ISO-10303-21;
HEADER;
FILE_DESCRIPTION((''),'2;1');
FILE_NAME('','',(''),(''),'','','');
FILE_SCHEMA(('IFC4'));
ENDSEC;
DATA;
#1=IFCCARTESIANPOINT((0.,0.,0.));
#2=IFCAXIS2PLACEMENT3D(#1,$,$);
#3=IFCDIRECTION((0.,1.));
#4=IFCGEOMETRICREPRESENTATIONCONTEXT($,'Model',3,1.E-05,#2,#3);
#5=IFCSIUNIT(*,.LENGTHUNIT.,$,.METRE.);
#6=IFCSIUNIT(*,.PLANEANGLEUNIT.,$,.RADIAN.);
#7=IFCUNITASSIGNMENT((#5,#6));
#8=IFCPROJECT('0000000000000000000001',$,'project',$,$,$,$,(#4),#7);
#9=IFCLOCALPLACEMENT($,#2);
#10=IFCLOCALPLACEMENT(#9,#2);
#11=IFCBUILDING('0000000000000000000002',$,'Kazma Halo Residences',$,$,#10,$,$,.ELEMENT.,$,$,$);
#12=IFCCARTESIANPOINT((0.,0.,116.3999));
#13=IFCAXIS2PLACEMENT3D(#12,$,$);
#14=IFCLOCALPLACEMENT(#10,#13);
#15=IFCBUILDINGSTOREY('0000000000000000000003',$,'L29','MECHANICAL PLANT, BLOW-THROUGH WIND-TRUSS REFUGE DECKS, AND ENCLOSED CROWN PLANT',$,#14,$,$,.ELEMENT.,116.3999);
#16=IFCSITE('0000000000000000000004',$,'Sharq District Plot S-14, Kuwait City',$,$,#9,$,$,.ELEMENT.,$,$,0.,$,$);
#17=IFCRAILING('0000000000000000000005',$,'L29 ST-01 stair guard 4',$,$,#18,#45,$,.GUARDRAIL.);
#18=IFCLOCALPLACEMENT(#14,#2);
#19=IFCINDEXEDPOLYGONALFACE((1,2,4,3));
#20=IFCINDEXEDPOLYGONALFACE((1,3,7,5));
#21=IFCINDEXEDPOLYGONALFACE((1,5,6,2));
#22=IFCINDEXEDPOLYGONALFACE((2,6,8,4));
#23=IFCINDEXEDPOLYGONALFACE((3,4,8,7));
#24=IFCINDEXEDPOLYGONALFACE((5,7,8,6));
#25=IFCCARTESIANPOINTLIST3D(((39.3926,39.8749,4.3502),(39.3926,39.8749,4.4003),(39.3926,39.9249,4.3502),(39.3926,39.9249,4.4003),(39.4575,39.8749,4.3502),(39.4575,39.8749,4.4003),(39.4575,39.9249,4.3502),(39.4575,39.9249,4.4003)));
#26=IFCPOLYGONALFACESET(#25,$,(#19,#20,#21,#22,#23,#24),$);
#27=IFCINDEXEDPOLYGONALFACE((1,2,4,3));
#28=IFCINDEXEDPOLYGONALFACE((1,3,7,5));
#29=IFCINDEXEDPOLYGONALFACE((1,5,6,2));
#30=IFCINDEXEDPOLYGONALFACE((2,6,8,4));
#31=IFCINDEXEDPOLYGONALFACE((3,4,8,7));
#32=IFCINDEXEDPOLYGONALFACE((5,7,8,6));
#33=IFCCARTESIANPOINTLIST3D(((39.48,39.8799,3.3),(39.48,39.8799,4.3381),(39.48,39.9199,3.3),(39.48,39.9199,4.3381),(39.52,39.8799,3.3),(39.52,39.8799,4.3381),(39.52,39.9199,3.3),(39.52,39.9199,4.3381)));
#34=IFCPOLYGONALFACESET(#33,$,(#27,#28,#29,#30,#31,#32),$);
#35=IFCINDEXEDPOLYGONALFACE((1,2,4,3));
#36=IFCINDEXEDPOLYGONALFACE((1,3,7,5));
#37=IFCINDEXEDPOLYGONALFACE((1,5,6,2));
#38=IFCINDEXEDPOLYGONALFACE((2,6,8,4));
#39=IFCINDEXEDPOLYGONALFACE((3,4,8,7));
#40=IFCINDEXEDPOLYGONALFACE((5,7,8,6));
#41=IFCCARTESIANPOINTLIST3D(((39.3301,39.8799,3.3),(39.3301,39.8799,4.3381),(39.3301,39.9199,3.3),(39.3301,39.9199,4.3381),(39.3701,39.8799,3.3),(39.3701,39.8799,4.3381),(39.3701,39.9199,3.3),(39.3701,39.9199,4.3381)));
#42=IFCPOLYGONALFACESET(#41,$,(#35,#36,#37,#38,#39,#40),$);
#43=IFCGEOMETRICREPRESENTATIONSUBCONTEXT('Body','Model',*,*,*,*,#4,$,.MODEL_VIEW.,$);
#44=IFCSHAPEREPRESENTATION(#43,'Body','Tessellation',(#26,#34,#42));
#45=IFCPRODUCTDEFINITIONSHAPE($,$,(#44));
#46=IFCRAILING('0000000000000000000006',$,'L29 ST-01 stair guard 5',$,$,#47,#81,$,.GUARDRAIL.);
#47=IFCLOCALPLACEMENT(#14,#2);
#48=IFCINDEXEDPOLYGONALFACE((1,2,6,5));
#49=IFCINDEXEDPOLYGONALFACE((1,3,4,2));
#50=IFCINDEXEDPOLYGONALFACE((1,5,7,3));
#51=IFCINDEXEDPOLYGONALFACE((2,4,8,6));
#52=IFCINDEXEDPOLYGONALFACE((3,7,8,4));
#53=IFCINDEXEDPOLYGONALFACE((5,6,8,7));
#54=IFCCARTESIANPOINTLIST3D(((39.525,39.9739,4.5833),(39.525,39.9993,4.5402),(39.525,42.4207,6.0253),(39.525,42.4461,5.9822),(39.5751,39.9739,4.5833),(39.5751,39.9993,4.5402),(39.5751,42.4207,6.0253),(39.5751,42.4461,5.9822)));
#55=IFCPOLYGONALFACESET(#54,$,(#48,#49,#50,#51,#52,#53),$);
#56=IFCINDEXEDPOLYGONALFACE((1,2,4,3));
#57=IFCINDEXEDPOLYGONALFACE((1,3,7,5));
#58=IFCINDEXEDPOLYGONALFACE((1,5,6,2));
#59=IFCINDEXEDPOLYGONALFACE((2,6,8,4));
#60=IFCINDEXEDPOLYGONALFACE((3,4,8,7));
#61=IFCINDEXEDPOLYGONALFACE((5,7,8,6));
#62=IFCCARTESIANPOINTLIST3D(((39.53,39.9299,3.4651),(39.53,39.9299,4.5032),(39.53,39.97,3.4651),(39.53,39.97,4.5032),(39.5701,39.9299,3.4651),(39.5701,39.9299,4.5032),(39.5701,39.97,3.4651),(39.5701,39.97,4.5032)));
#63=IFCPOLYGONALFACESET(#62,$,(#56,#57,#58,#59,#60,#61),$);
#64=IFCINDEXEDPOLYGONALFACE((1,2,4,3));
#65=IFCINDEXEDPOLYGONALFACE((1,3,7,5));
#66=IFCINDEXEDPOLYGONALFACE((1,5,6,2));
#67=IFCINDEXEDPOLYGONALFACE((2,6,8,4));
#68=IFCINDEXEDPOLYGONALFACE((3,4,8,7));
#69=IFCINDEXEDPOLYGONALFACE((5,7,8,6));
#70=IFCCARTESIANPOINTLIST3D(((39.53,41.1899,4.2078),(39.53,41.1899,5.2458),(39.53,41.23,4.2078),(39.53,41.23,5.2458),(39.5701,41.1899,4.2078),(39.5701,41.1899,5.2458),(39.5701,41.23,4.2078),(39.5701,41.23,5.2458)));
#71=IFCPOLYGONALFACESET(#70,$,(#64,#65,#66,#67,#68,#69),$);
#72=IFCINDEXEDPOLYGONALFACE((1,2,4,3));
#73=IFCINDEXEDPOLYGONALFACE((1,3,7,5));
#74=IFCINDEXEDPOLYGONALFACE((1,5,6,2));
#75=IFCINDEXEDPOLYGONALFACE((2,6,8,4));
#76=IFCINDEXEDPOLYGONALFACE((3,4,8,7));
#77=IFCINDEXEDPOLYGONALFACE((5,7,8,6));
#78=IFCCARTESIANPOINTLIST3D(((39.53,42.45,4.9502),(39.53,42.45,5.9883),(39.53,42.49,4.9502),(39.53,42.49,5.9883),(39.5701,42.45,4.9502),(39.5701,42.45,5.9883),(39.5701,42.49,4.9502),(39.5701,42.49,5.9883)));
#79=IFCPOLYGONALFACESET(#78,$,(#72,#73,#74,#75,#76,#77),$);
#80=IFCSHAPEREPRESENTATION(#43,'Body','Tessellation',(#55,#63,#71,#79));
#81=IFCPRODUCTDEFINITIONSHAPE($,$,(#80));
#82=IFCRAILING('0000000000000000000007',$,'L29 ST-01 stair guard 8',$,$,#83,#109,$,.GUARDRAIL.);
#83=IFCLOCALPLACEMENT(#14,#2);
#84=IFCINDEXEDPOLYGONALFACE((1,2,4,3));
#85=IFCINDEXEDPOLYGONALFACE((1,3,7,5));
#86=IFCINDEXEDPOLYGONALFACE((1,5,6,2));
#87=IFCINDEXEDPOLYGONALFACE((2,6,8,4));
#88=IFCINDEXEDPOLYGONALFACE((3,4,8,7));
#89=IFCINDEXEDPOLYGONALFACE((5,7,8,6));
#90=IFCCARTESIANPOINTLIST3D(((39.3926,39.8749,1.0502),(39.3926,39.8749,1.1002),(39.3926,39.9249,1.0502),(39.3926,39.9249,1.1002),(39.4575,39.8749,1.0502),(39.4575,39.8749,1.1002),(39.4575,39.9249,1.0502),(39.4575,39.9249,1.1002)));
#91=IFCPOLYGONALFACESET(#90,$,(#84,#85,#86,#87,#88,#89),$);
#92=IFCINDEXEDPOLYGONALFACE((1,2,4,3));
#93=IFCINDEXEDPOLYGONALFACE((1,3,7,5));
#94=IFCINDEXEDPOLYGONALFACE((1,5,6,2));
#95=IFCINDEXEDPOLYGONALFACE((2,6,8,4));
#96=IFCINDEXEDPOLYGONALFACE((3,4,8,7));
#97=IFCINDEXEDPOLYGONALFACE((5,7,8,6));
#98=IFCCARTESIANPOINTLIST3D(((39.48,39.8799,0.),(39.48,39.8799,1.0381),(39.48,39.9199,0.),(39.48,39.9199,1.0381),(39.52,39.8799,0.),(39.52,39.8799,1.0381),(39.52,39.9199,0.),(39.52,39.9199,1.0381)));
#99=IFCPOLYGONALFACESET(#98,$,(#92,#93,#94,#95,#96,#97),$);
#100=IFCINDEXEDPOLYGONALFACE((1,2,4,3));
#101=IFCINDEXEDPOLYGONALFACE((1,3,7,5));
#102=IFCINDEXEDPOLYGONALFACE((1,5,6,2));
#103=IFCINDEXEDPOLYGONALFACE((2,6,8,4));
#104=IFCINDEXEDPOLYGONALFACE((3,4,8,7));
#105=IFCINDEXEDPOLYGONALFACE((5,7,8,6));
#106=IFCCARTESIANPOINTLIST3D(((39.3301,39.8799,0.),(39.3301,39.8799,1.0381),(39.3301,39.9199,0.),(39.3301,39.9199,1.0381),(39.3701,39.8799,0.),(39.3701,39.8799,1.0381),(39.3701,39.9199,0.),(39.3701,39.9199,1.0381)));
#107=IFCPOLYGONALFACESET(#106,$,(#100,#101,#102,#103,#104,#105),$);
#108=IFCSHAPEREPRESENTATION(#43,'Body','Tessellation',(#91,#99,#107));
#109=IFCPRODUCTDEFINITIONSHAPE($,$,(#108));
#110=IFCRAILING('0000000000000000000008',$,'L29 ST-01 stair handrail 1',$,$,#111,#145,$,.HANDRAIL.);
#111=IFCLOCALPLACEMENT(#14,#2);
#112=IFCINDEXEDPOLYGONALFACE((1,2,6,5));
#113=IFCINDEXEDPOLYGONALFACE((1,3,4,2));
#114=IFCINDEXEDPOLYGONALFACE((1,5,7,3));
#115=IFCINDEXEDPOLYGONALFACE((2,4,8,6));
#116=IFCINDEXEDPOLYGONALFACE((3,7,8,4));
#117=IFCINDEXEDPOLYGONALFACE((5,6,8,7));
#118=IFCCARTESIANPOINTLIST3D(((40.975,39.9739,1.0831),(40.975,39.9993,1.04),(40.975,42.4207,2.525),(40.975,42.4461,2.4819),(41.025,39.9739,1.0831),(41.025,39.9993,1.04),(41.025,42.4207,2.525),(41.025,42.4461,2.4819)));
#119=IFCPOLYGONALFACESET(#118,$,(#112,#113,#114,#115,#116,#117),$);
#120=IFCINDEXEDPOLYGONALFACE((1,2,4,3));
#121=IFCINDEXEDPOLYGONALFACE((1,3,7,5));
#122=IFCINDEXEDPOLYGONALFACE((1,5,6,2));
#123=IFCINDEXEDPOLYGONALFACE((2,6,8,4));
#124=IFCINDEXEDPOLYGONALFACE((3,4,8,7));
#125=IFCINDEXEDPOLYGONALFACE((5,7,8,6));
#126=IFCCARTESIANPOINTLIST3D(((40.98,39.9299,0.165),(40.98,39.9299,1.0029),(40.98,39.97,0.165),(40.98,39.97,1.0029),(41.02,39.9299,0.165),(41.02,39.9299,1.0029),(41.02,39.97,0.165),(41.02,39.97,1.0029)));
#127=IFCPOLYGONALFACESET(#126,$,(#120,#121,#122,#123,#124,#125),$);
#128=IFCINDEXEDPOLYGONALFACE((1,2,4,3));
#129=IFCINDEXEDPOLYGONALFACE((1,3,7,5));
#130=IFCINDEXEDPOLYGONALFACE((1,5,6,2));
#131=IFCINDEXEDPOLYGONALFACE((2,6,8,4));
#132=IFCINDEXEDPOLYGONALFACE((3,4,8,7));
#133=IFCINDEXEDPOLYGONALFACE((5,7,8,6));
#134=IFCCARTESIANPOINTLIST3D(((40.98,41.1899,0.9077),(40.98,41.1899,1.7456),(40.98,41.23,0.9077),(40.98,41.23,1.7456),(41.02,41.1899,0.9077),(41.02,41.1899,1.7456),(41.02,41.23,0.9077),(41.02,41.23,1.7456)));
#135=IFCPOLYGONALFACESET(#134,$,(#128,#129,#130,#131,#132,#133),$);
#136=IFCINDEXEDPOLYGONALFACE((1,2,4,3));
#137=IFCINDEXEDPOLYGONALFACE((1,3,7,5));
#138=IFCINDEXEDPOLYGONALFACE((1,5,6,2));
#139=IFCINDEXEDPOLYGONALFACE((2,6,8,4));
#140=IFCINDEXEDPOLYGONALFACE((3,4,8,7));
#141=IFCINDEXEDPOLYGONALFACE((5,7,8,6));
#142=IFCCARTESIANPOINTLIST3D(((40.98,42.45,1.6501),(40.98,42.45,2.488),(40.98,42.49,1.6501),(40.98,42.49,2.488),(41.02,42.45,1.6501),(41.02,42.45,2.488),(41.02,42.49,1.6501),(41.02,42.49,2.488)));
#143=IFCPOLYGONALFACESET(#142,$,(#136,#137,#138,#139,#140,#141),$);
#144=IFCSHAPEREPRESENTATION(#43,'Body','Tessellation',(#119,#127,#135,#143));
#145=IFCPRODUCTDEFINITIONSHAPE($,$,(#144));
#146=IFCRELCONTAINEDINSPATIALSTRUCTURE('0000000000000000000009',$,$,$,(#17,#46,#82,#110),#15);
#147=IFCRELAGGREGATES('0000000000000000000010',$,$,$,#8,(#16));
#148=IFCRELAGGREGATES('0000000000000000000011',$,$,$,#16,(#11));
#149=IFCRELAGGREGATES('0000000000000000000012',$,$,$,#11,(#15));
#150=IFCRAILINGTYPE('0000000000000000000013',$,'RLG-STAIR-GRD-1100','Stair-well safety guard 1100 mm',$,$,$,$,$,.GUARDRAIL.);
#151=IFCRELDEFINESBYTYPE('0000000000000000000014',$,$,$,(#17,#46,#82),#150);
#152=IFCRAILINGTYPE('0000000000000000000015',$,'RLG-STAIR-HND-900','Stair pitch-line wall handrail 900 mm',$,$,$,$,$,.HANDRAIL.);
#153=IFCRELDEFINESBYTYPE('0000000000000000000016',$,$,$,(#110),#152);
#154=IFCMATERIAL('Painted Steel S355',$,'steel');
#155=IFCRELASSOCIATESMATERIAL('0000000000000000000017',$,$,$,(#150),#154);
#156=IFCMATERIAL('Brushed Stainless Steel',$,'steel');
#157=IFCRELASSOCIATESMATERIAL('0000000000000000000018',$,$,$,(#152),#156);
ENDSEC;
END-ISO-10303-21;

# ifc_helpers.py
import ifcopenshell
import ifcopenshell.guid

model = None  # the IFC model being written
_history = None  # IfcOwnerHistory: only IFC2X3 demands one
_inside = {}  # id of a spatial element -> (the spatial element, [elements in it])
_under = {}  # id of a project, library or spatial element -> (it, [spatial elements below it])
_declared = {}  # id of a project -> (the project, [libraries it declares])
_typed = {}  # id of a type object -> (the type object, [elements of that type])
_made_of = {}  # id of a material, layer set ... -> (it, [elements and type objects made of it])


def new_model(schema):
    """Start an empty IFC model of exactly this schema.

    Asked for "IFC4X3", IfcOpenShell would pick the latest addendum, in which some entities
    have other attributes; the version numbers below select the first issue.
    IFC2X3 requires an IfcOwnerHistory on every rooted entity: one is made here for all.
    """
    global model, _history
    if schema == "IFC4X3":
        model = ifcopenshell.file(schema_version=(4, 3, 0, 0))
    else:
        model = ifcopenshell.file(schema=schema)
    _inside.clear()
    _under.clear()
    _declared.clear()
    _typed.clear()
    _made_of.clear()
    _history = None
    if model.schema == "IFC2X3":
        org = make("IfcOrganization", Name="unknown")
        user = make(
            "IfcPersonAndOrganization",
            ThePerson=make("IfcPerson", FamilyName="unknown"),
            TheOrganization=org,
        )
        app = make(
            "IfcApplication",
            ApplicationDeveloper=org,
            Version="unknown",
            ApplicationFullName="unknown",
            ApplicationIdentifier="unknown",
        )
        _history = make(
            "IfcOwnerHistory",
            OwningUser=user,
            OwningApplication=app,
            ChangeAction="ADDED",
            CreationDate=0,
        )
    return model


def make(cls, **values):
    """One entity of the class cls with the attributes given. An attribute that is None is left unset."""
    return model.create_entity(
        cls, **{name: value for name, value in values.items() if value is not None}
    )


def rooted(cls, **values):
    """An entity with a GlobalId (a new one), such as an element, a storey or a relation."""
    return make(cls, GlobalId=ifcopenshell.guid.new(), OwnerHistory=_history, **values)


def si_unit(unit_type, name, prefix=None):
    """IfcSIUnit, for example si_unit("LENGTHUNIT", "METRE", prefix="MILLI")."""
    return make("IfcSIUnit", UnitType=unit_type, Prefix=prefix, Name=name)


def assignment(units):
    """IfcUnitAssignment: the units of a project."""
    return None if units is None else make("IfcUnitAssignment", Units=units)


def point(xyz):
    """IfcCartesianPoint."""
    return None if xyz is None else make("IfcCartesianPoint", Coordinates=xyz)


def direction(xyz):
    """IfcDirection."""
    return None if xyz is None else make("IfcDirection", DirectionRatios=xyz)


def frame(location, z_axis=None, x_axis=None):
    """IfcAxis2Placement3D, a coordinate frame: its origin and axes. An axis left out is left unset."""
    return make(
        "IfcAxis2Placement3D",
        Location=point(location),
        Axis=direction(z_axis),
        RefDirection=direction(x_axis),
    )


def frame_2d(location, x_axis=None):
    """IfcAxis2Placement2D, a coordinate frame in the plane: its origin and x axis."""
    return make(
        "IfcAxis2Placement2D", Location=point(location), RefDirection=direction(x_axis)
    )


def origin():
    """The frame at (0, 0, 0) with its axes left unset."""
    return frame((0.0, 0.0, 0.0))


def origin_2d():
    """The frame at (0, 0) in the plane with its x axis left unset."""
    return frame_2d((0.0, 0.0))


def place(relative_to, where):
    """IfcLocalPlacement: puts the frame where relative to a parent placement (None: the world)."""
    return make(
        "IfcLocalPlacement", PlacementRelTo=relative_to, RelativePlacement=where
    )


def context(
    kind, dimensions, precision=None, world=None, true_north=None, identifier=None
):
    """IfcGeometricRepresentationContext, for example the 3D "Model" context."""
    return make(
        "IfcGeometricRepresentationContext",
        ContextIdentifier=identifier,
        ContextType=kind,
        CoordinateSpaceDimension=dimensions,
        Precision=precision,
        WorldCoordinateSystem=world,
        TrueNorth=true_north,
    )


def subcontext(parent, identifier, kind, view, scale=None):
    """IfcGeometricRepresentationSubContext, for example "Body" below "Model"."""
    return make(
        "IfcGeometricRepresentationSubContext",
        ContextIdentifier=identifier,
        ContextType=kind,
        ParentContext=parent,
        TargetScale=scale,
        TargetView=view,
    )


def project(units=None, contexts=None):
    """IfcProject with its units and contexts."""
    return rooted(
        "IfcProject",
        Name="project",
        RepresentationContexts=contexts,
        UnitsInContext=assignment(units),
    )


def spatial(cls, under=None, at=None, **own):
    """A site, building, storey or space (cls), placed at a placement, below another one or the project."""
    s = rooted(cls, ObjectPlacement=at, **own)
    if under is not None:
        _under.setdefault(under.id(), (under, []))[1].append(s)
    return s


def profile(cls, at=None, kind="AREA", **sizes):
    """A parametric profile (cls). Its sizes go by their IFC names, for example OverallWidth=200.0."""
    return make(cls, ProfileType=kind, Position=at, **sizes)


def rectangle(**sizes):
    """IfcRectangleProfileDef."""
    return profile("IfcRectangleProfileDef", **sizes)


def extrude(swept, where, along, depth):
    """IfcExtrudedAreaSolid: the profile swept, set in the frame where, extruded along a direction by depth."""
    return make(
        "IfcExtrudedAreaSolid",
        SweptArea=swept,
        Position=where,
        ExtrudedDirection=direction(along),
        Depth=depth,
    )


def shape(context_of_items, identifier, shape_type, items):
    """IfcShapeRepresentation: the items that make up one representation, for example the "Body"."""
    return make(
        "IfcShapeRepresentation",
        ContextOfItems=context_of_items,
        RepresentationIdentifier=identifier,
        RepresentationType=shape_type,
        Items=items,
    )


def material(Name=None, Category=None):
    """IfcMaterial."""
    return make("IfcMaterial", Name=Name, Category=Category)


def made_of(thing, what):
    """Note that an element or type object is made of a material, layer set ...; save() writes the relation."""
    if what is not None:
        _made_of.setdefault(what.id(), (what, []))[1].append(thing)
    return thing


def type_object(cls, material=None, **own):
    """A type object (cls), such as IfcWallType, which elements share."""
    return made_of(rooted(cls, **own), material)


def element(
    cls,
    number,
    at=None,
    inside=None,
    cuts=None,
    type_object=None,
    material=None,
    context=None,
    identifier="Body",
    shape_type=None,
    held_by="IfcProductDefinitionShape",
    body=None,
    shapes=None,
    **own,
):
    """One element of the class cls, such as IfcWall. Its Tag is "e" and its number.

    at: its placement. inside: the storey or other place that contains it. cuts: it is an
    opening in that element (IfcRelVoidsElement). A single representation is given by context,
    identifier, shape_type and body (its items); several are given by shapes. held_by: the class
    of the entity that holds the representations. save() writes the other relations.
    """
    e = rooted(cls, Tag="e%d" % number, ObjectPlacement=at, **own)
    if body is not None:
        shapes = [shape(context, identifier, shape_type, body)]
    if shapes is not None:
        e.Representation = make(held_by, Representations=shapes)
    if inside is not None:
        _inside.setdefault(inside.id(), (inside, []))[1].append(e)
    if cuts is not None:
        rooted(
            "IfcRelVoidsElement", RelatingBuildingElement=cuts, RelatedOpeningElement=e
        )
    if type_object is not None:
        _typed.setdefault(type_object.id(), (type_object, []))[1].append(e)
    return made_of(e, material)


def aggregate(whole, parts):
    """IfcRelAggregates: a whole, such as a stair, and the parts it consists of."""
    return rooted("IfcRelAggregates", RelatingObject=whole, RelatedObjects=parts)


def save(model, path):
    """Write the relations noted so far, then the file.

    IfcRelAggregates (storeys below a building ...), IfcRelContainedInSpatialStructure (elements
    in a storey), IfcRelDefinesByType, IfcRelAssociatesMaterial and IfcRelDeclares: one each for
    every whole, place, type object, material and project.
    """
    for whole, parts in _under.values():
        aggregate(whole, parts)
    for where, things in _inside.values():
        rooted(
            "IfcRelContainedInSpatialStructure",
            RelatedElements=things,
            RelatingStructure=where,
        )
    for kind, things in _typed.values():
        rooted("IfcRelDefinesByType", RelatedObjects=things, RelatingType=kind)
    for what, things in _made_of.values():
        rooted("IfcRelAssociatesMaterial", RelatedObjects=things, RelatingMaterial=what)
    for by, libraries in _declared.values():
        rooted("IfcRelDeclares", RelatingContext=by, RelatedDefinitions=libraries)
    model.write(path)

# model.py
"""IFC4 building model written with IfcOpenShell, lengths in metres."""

from ifc_helpers import new_model, si_unit, direction, frame, origin, origin_2d, place, context, subcontext, project, spatial, rectangle, extrude, material, type_object, element, save


model = new_model("IFC4")

# Units and contexts
model_context = context("Model", 3, precision=1e-05, world=origin(), true_north=direction((0.0, 1.0)))
body_context = subcontext(model_context, "Body", "Model", "MODEL_VIEW")
ifc_project = project(units=[si_unit("LENGTHUNIT", "METRE"), si_unit("PLANEANGLEUNIT", "RADIAN")], contexts=[model_context])

# Site, building, storey
site_placement = place(None, origin())
site = spatial("IfcSite", under=ifc_project, at=site_placement, Name="Sharq District Plot S-14, Kuwait City", CompositionType="ELEMENT", RefElevation=0.0)
building_placement = place(site_placement, origin())
building = spatial("IfcBuilding", under=site, at=building_placement, Name="Kazma Halo Residences", CompositionType="ELEMENT")
storey_placement = place(building_placement, frame((0.0, 0.0, 116.3999)))
storey = spatial("IfcBuildingStorey", under=building, at=storey_placement, Name="L29", Description="MECHANICAL PLANT, BLOW-THROUGH WIND-TRUSS REFUGE DECKS, AND ENCLOSED CROWN PLANT", CompositionType="ELEMENT", Elevation=116.3999)

# Railings
ifc_material_1 = material(Name="Painted Steel S355", Category="steel")
railing_type_1 = type_object("IfcRailingType", Name="RLG-STAIR-GRD-1100", Description="Stair-well safety guard 1100 mm", PredefinedType="GUARDRAIL", material=ifc_material_1)
railing_1_placement = place(storey_placement, frame((39.5, 39.8999, 3.3)))
element("IfcRailing", 1, at=railing_1_placement, inside=storey, type_object=railing_type_1, Name="L29 ST-01 stair guard 4", PredefinedType="GUARDRAIL", context=body_context, shape_type="SweptSolid", body=[
    extrude(rectangle(XDim=0.05, YDim=0.05, at=origin_2d()), frame((-0.0425, 0.0, 1.0752), z_axis=(-1.0, 0.0, 0.0), x_axis=(0.0, -1.0, 0.0)), (0.0, 0.0, 1.0), 0.0649),
    extrude(rectangle(XDim=0.04, YDim=0.04, at=origin_2d()), origin(), (0.0, 0.0, 1.0), 1.0381),
    extrude(rectangle(XDim=0.04, YDim=0.04, at=origin_2d()), frame((-0.1499, 0.0, 0.0)), (0.0, 0.0, 1.0), 1.0381),
])
railing_2_placement = place(storey_placement, frame((39.55, 39.95, 3.4651)))
element("IfcRailing", 2, at=railing_2_placement, inside=storey, type_object=railing_type_1, Name="L29 ST-01 stair guard 5", PredefinedType="GUARDRAIL", context=body_context, shape_type="SweptSolid", body=[
    extrude(rectangle(XDim=0.05, YDim=0.05, at=origin_2d()), frame((0.0, 0.0366, 1.0967), z_axis=(0.0, 0.861524, 0.507717), x_axis=(-1.0, 0.0, 0.0)), (0.0, 0.0, 1.0), 2.8401),
    extrude(rectangle(XDim=0.04, YDim=0.04, at=origin_2d()), origin(), (0.0, 0.0, 1.0), 1.0381),
    extrude(rectangle(XDim=0.04, YDim=0.04, at=origin_2d()), frame((0.0, 1.26, 0.7427)), (0.0, 0.0, 1.0), 1.0381),
    extrude(rectangle(XDim=0.04, YDim=0.04, at=origin_2d()), frame((0.0, 2.52, 1.4851)), (0.0, 0.0, 1.0), 1.0381),
])
railing_3_placement = place(storey_placement, frame((39.5, 39.8999, 0.0)))
element("IfcRailing", 3, at=railing_3_placement, inside=storey, type_object=railing_type_1, Name="L29 ST-01 stair guard 8", PredefinedType="GUARDRAIL", context=body_context, shape_type="SweptSolid", body=[
    extrude(rectangle(XDim=0.05, YDim=0.05, at=origin_2d()), frame((-0.0425, 0.0, 1.0752), z_axis=(-1.0, 0.0, 0.0), x_axis=(0.0, -1.0, 0.0)), (0.0, 0.0, 1.0), 0.0649),
    extrude(rectangle(XDim=0.04, YDim=0.04, at=origin_2d()), origin(), (0.0, 0.0, 1.0), 1.0381),
    extrude(rectangle(XDim=0.04, YDim=0.04, at=origin_2d()), frame((-0.1499, 0.0, 0.0)), (0.0, 0.0, 1.0), 1.0381),
])
ifc_material_2 = material(Name="Brushed Stainless Steel", Category="steel")
railing_type_2 = type_object("IfcRailingType", Name="RLG-STAIR-HND-900", Description="Stair pitch-line wall handrail 900 mm", PredefinedType="HANDRAIL", material=ifc_material_2)
railing_4_placement = place(storey_placement, frame((41.0, 39.95, 0.165)))
element("IfcRailing", 4, at=railing_4_placement, inside=storey, type_object=railing_type_2, Name="L29 ST-01 stair handrail 1", PredefinedType="HANDRAIL", context=body_context, shape_type="SweptSolid", body=[
    extrude(rectangle(XDim=0.05, YDim=0.05, at=origin_2d()), frame((0.0, 0.0366, 0.8965), z_axis=(0.0, 0.861524, 0.507717), x_axis=(-1.0, 0.0, 0.0)), (0.0, 0.0, 1.0), 2.8401),
    extrude(rectangle(XDim=0.04, YDim=0.04, at=origin_2d()), origin(), (0.0, 0.0, 1.0), 0.8379),
    extrude(rectangle(XDim=0.04, YDim=0.04, at=origin_2d()), frame((0.0, 1.26, 0.7427)), (0.0, 0.0, 1.0), 0.8379),
    extrude(rectangle(XDim=0.04, YDim=0.04, at=origin_2d()), frame((0.0, 2.52, 1.4851)), (0.0, 0.0, 1.0), 0.8379),
])

save(model, "model.ifc")
